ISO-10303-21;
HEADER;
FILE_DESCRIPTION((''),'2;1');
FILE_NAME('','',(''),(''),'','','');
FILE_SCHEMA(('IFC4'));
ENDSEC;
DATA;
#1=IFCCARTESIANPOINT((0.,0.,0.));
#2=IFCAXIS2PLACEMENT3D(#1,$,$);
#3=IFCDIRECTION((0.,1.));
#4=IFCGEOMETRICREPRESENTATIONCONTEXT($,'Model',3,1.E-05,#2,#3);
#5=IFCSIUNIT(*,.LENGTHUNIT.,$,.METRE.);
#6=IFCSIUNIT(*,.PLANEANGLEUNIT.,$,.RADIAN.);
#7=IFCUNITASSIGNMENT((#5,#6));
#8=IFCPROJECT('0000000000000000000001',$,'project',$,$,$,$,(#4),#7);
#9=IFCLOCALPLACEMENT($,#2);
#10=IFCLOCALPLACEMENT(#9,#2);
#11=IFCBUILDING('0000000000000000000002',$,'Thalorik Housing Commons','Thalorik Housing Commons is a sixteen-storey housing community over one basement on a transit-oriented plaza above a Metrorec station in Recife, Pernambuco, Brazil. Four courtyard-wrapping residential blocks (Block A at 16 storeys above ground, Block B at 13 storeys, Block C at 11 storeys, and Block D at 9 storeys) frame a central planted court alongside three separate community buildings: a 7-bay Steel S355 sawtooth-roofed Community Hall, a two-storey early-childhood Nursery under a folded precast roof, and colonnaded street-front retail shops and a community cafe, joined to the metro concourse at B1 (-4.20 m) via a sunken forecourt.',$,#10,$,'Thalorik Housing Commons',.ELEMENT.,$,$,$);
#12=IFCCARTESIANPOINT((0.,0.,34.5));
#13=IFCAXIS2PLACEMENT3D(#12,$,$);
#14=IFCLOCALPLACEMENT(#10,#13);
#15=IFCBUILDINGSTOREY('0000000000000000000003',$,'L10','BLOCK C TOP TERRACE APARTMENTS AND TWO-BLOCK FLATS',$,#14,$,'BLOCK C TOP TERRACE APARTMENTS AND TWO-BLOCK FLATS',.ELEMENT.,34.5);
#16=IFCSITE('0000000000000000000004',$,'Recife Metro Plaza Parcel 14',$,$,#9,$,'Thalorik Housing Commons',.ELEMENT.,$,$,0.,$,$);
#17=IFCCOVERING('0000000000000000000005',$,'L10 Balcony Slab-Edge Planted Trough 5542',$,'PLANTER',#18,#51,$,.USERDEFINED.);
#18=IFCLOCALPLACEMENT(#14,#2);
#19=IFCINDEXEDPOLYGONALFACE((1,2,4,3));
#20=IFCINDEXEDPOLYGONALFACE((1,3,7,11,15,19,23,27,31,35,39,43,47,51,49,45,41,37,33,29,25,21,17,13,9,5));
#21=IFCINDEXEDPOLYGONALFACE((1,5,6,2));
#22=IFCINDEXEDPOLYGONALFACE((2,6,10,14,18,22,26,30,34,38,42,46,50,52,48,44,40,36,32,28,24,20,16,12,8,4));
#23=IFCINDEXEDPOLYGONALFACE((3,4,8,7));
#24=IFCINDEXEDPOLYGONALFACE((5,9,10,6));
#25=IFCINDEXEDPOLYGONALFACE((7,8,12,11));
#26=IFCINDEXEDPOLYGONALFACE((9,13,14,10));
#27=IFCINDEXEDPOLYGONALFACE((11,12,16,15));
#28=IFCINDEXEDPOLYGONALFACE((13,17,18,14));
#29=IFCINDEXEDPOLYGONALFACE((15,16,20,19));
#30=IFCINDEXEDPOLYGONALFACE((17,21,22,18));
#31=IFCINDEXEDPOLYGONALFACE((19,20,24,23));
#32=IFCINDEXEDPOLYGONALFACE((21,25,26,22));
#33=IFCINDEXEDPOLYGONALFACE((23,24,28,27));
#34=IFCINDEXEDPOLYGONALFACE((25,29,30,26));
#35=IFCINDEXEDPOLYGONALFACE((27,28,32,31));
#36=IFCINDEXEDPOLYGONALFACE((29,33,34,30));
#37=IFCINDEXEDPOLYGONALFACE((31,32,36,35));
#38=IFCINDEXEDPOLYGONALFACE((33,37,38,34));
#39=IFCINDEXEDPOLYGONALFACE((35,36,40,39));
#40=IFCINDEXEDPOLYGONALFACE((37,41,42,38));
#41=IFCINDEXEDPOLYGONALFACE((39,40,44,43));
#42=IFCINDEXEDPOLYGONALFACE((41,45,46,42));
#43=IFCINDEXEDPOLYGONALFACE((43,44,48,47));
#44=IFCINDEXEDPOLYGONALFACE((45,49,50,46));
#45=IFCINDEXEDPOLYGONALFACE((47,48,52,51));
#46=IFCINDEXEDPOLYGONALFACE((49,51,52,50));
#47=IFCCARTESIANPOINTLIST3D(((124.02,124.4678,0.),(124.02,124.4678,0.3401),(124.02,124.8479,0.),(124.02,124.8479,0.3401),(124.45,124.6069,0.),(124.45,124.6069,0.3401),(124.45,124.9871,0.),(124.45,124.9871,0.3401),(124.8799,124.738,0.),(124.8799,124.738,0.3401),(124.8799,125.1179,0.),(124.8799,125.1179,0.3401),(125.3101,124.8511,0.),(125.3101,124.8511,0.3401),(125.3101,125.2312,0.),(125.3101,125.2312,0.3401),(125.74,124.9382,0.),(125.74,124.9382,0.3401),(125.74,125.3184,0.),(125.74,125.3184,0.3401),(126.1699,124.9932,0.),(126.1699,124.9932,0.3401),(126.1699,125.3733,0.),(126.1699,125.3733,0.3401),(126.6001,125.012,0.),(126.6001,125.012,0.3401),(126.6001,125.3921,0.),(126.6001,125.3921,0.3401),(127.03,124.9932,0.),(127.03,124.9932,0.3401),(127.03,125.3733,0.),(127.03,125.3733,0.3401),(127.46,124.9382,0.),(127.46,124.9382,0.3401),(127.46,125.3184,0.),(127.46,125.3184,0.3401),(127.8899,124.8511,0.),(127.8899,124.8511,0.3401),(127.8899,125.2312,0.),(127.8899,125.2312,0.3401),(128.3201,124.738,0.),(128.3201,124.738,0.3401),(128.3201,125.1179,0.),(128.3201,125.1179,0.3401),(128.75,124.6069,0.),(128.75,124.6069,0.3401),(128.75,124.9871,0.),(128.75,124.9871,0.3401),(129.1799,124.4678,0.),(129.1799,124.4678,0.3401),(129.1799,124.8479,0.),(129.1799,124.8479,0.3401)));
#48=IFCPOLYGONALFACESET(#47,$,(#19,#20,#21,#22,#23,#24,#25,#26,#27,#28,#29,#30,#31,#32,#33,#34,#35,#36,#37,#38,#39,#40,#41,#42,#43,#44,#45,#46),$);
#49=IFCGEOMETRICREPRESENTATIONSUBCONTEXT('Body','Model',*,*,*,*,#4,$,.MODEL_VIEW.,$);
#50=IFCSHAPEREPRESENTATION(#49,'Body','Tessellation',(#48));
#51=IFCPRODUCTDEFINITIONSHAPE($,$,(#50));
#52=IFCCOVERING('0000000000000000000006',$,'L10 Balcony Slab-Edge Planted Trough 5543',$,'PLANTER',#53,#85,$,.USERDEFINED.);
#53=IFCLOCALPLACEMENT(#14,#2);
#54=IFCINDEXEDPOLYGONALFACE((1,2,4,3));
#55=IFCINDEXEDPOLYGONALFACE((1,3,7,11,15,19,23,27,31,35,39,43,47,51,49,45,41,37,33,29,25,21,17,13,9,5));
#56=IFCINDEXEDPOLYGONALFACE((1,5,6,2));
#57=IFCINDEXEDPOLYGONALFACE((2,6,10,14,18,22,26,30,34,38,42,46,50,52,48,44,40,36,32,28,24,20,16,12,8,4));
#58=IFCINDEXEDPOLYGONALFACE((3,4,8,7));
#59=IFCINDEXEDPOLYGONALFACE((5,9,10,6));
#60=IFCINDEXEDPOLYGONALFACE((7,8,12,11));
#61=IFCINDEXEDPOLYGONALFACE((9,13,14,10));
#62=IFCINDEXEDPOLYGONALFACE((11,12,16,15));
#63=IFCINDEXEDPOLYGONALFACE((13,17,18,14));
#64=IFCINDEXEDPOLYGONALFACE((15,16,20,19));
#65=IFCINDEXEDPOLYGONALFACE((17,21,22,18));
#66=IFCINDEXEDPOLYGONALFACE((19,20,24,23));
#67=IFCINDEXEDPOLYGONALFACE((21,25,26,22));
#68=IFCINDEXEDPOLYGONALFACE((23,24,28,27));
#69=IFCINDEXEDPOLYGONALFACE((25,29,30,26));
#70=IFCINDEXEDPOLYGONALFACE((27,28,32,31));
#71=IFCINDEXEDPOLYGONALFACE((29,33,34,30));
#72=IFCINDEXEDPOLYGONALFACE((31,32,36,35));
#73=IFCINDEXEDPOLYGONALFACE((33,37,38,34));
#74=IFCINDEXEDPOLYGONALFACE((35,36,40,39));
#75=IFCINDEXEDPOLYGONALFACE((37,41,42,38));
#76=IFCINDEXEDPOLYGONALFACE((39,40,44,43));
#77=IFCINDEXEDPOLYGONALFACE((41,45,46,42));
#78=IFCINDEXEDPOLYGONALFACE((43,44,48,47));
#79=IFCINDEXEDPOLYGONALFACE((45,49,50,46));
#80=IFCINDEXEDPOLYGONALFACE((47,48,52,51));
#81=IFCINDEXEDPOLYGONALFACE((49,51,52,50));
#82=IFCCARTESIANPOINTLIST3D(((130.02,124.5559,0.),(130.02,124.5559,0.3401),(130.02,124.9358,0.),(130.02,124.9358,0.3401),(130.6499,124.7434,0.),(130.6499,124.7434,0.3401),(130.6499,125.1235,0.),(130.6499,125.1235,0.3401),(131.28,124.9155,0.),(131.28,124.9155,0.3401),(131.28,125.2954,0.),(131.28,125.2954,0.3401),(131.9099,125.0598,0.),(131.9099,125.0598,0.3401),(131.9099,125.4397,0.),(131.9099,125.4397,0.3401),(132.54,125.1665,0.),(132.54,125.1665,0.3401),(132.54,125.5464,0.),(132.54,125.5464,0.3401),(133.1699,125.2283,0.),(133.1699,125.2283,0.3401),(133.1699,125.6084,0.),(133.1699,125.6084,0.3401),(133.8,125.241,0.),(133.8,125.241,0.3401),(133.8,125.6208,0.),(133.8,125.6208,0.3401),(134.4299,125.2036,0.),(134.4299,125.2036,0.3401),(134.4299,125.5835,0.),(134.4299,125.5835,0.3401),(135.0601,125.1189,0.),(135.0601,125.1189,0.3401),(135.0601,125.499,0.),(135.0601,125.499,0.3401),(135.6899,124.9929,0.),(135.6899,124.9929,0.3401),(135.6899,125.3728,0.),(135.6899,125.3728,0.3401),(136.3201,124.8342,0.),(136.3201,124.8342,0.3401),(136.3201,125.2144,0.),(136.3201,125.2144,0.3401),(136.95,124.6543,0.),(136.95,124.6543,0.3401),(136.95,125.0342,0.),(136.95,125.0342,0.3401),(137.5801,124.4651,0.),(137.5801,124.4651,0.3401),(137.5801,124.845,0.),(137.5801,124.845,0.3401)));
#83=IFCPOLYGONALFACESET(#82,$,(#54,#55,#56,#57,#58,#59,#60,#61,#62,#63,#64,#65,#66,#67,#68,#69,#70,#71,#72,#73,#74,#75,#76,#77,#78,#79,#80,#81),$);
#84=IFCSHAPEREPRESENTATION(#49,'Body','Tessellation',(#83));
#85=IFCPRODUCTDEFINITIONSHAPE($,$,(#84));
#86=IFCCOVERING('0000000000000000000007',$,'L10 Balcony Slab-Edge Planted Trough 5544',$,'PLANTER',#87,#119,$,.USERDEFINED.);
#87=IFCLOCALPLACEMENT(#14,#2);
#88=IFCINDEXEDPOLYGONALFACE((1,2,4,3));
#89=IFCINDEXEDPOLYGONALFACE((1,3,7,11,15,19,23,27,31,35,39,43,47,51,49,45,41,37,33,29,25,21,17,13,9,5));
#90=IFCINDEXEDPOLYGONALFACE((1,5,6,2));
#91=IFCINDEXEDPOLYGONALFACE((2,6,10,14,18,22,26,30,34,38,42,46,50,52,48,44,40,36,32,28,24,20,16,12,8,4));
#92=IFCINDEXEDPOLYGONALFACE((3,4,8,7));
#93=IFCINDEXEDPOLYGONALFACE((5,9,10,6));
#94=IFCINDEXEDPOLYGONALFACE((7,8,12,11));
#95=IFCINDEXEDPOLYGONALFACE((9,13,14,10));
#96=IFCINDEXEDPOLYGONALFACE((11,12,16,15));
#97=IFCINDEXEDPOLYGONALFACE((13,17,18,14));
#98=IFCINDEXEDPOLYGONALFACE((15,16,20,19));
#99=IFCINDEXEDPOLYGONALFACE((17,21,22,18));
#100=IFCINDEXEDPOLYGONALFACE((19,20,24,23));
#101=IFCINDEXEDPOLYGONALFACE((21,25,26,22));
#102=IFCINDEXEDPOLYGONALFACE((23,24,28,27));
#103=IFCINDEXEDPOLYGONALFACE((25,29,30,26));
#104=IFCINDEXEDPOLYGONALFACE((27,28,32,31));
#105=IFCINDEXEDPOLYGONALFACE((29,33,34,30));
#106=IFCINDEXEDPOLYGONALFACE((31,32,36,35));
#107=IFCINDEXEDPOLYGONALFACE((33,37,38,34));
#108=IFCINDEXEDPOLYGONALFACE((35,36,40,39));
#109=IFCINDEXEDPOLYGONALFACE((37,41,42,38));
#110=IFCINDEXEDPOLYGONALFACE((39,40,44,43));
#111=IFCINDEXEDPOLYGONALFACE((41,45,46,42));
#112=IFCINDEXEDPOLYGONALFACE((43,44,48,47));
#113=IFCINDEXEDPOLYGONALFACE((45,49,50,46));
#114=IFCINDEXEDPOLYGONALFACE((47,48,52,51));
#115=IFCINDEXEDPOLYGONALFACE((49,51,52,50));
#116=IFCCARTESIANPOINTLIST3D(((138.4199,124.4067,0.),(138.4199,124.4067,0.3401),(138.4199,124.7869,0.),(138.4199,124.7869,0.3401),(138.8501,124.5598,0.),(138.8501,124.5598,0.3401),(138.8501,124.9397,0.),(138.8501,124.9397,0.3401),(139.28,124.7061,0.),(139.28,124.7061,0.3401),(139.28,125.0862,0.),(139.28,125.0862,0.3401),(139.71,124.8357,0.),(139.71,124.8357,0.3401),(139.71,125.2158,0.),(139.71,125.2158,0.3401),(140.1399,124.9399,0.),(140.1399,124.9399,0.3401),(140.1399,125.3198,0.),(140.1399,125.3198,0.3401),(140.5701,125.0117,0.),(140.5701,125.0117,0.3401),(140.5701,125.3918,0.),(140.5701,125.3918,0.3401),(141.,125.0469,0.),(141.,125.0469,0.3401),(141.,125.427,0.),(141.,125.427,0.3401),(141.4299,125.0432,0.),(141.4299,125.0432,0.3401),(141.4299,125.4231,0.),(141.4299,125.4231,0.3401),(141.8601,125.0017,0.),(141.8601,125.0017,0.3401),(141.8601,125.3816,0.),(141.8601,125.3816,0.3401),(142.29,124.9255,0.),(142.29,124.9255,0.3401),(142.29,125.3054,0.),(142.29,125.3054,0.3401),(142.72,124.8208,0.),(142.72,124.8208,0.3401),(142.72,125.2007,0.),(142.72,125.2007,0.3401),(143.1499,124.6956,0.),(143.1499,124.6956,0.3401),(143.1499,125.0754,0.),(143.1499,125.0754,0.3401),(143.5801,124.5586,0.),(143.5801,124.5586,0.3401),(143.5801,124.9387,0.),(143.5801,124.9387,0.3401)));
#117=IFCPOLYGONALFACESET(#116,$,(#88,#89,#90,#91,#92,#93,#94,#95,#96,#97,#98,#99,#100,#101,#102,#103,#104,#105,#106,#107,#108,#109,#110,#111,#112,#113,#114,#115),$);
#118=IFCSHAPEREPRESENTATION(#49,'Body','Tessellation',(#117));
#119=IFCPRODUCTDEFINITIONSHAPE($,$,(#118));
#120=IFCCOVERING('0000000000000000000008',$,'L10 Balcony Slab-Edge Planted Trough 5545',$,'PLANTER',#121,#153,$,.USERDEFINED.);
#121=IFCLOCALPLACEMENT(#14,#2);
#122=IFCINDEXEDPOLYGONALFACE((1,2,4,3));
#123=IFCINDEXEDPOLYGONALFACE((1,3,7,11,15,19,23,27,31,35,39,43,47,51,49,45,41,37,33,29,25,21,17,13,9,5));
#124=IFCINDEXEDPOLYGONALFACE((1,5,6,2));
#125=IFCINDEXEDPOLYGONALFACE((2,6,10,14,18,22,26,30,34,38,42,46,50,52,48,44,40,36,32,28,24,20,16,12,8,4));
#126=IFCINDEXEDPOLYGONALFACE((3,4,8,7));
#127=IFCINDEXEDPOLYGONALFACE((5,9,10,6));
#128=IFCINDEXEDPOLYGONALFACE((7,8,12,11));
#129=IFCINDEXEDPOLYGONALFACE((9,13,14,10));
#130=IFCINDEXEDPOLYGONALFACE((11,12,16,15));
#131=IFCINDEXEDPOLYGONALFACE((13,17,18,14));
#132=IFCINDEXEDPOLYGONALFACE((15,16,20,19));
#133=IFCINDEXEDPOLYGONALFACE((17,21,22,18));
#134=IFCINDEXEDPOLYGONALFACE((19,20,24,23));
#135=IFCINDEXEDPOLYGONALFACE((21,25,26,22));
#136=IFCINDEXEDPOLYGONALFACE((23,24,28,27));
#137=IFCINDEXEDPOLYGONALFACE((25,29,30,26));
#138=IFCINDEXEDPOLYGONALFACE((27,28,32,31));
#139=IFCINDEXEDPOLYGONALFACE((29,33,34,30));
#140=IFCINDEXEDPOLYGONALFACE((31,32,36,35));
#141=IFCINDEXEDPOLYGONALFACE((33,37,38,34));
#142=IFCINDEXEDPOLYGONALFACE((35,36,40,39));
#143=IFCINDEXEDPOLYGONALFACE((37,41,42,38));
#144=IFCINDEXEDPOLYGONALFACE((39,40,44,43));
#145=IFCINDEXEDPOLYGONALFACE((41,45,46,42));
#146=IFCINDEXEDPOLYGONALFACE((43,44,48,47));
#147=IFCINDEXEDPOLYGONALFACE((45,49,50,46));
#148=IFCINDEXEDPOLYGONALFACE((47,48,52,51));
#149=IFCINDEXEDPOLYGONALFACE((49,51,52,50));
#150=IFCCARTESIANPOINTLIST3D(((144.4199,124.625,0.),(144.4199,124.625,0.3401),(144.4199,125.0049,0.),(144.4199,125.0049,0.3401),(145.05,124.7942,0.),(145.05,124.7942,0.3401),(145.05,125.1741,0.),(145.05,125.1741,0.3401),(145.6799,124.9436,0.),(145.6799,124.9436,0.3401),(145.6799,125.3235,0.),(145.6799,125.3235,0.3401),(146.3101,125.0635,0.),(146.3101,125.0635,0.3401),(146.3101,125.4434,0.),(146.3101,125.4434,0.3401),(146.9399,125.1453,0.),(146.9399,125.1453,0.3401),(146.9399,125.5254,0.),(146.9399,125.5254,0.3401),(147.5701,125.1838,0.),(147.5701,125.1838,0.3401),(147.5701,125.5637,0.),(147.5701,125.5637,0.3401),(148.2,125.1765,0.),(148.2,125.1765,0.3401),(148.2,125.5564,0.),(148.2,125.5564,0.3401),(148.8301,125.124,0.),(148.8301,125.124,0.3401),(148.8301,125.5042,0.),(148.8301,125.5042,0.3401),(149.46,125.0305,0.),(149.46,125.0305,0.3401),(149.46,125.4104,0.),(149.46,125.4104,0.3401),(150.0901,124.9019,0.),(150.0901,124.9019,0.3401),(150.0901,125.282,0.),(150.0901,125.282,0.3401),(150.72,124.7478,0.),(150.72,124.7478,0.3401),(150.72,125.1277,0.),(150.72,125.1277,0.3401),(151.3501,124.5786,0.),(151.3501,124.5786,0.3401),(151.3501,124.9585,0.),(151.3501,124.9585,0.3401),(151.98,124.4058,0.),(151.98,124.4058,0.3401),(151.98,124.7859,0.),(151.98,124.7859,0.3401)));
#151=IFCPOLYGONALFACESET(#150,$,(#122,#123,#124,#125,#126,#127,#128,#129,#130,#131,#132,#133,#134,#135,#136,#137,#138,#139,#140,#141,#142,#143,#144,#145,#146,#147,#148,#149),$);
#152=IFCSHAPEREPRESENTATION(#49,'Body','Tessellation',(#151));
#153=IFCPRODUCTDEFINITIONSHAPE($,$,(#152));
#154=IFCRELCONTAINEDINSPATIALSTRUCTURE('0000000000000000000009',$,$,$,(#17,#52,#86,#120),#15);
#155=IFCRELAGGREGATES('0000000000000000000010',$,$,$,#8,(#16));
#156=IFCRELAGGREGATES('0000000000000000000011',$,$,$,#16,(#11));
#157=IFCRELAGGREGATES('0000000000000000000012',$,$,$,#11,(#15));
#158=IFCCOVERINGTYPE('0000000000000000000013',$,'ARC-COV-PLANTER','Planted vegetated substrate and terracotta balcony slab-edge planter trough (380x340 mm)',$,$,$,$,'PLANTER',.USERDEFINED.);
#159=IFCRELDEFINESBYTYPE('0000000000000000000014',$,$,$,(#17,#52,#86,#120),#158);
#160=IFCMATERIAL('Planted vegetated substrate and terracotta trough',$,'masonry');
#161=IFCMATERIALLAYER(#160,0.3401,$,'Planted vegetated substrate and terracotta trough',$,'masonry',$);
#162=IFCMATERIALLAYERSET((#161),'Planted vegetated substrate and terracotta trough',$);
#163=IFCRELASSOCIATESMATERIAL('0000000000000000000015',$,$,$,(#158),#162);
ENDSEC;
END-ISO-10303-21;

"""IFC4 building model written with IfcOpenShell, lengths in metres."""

from ifc_helpers import new_model, si_unit, direction, frame, origin, place, context, subcontext, project, spatial, polyline, outline, extrude, material, layer, layer_set, type_object, element, save


model = new_model("IFC4")

# Units and contexts
model_context = context("Model", 3, precision=1e-05, world=origin(), true_north=direction((0.0, 1.0)))
body_context = subcontext(model_context, "Body", "Model", "MODEL_VIEW")
ifc_project = project(units=[si_unit("LENGTHUNIT", "METRE"), si_unit("PLANEANGLEUNIT", "RADIAN")], contexts=[model_context])

# Site, building, storey
site_placement = place(None, origin())
site = spatial("IfcSite", under=ifc_project, at=site_placement, Name="Recife Metro Plaza Parcel 14", LongName="Thalorik Housing Commons", CompositionType="ELEMENT", RefElevation=0.0)
building_placement = place(site_placement, origin())
building = spatial("IfcBuilding", under=site, at=building_placement, Name="Thalorik Housing Commons", Description="Thalorik Housing Commons is a sixteen-storey housing community over one basement on a transit-oriented plaza above a Metrorec station in Recife, Pernambuco, Brazil. Four courtyard-wrapping residential blocks (Block A at 16 storeys above ground, Block B at 13 storeys, Block C at 11 storeys, and Block D at 9 storeys) frame a central planted court alongside three separate community buildings: a 7-bay Steel S355 sawtooth-roofed Community Hall, a two-storey early-childhood Nursery under a folded precast roof, and colonnaded street-front retail shops and a community cafe, joined to the metro concourse at B1 (-4.20 m) via a sunken forecourt.", LongName="Thalorik Housing Commons", CompositionType="ELEMENT")
storey_placement = place(building_placement, frame((0.0, 0.0, 34.5)))
storey = spatial("IfcBuildingStorey", under=building, at=storey_placement, Name="L10", Description="BLOCK C TOP TERRACE APARTMENTS AND TWO-BLOCK FLATS", LongName="BLOCK C TOP TERRACE APARTMENTS AND TWO-BLOCK FLATS", CompositionType="ELEMENT", Elevation=34.5)

# Coverings
ifc_material_1 = material(Name="Planted vegetated substrate and terracotta trough", Category="masonry")
ifc_layer_1 = layer(ifc_material_1, 0.3401, Name="Planted vegetated substrate and terracotta trough", Category="masonry")
ifc_layer_set_1 = layer_set([ifc_layer_1], Name="Planted vegetated substrate and terracotta trough")
covering_type_1 = type_object("IfcCoveringType", Name="ARC-COV-PLANTER", Description="Planted vegetated substrate and terracotta balcony slab-edge planter trough (380x340 mm)", ElementType="PLANTER", PredefinedType="USERDEFINED", material=ifc_layer_set_1)
covering_1_placement = place(storey_placement, origin())
element("IfcCovering", 1, at=covering_1_placement, inside=storey, type_object=covering_type_1, Name="L10 Balcony Slab-Edge Planted Trough 5542", ObjectType="PLANTER", PredefinedType="USERDEFINED", context=body_context, shape_type="SweptSolid", body=[
    extrude(outline(polyline([(129.1799, 124.8479), (128.75, 124.9871), (128.3201, 125.1179), (127.8899, 125.2312), (127.46, 125.3184), (127.03, 125.3733), (126.6001, 125.3921), (126.1699, 125.3733), (125.74, 125.3184), (125.3101, 125.2312), (124.8799, 125.1179), (124.45, 124.9871), (124.02, 124.8479), (124.02, 124.4678), (124.45, 124.6069), (124.8799, 124.738), (125.3101, 124.8511), (125.74, 124.9382), (126.1699, 124.9932), (126.6001, 125.012), (127.03, 124.9932), (127.46, 124.9382), (127.8899, 124.8511), (128.3201, 124.738), (128.75, 124.6069), (129.1799, 124.4678), (129.1799, 124.8479)])), origin(), (0.0, 0.0, 1.0), 0.3401),
])
covering_2_placement = place(storey_placement, origin())
element("IfcCovering", 2, at=covering_2_placement, inside=storey, type_object=covering_type_1, Name="L10 Balcony Slab-Edge Planted Trough 5543", ObjectType="PLANTER", PredefinedType="USERDEFINED", context=body_context, shape_type="SweptSolid", body=[
    extrude(outline(polyline([(137.5801, 124.845), (136.95, 125.0342), (136.3201, 125.2144), (135.6899, 125.3728), (135.0601, 125.499), (134.4299, 125.5835), (133.8, 125.6208), (133.1699, 125.6084), (132.54, 125.5464), (131.9099, 125.4397), (131.28, 125.2954), (130.6499, 125.1235), (130.02, 124.9358), (130.02, 124.5559), (130.6499, 124.7434), (131.28, 124.9155), (131.9099, 125.0598), (132.54, 125.1665), (133.1699, 125.2283), (133.8, 125.241), (134.4299, 125.2036), (135.0601, 125.1189), (135.6899, 124.9929), (136.3201, 124.8342), (136.95, 124.6543), (137.5801, 124.4651), (137.5801, 124.845)])), origin(), (0.0, 0.0, 1.0), 0.3401),
])
covering_3_placement = place(storey_placement, origin())
element("IfcCovering", 3, at=covering_3_placement, inside=storey, type_object=covering_type_1, Name="L10 Balcony Slab-Edge Planted Trough 5544", ObjectType="PLANTER", PredefinedType="USERDEFINED", context=body_context, shape_type="SweptSolid", body=[
    extrude(outline(polyline([(143.5801, 124.9387), (143.1499, 125.0754), (142.72, 125.2007), (142.29, 125.3054), (141.8601, 125.3816), (141.4299, 125.4231), (141.0, 125.427), (140.5701, 125.3918), (140.1399, 125.3198), (139.71, 125.2158), (139.28, 125.0862), (138.8501, 124.9397), (138.4199, 124.7869), (138.4199, 124.4067), (138.8501, 124.5598), (139.28, 124.7061), (139.71, 124.8357), (140.1399, 124.9399), (140.5701, 125.0117), (141.0, 125.0469), (141.4299, 125.0432), (141.8601, 125.0017), (142.29, 124.9255), (142.72, 124.8208), (143.1499, 124.6956), (143.5801, 124.5586), (143.5801, 124.9387)])), origin(), (0.0, 0.0, 1.0), 0.3401),
])
covering_4_placement = place(storey_placement, origin())
element("IfcCovering", 4, at=covering_4_placement, inside=storey, type_object=covering_type_1, Name="L10 Balcony Slab-Edge Planted Trough 5545", ObjectType="PLANTER", PredefinedType="USERDEFINED", context=body_context, shape_type="SweptSolid", body=[
    extrude(outline(polyline([(151.98, 124.7859), (151.3501, 124.9585), (150.72, 125.1277), (150.0901, 125.282), (149.46, 125.4104), (148.8301, 125.5042), (148.2, 125.5564), (147.5701, 125.5637), (146.9399, 125.5254), (146.3101, 125.4434), (145.6799, 125.3235), (145.05, 125.1741), (144.4199, 125.0049), (144.4199, 124.625), (145.05, 124.7942), (145.6799, 124.9436), (146.3101, 125.0635), (146.9399, 125.1453), (147.5701, 125.1838), (148.2, 125.1765), (148.8301, 125.124), (149.46, 125.0305), (150.0901, 124.9019), (150.72, 124.7478), (151.3501, 124.5786), (151.98, 124.4058), (151.98, 124.7859)])), origin(), (0.0, 0.0, 1.0), 0.3401),
])

save(model, "model.ifc")
